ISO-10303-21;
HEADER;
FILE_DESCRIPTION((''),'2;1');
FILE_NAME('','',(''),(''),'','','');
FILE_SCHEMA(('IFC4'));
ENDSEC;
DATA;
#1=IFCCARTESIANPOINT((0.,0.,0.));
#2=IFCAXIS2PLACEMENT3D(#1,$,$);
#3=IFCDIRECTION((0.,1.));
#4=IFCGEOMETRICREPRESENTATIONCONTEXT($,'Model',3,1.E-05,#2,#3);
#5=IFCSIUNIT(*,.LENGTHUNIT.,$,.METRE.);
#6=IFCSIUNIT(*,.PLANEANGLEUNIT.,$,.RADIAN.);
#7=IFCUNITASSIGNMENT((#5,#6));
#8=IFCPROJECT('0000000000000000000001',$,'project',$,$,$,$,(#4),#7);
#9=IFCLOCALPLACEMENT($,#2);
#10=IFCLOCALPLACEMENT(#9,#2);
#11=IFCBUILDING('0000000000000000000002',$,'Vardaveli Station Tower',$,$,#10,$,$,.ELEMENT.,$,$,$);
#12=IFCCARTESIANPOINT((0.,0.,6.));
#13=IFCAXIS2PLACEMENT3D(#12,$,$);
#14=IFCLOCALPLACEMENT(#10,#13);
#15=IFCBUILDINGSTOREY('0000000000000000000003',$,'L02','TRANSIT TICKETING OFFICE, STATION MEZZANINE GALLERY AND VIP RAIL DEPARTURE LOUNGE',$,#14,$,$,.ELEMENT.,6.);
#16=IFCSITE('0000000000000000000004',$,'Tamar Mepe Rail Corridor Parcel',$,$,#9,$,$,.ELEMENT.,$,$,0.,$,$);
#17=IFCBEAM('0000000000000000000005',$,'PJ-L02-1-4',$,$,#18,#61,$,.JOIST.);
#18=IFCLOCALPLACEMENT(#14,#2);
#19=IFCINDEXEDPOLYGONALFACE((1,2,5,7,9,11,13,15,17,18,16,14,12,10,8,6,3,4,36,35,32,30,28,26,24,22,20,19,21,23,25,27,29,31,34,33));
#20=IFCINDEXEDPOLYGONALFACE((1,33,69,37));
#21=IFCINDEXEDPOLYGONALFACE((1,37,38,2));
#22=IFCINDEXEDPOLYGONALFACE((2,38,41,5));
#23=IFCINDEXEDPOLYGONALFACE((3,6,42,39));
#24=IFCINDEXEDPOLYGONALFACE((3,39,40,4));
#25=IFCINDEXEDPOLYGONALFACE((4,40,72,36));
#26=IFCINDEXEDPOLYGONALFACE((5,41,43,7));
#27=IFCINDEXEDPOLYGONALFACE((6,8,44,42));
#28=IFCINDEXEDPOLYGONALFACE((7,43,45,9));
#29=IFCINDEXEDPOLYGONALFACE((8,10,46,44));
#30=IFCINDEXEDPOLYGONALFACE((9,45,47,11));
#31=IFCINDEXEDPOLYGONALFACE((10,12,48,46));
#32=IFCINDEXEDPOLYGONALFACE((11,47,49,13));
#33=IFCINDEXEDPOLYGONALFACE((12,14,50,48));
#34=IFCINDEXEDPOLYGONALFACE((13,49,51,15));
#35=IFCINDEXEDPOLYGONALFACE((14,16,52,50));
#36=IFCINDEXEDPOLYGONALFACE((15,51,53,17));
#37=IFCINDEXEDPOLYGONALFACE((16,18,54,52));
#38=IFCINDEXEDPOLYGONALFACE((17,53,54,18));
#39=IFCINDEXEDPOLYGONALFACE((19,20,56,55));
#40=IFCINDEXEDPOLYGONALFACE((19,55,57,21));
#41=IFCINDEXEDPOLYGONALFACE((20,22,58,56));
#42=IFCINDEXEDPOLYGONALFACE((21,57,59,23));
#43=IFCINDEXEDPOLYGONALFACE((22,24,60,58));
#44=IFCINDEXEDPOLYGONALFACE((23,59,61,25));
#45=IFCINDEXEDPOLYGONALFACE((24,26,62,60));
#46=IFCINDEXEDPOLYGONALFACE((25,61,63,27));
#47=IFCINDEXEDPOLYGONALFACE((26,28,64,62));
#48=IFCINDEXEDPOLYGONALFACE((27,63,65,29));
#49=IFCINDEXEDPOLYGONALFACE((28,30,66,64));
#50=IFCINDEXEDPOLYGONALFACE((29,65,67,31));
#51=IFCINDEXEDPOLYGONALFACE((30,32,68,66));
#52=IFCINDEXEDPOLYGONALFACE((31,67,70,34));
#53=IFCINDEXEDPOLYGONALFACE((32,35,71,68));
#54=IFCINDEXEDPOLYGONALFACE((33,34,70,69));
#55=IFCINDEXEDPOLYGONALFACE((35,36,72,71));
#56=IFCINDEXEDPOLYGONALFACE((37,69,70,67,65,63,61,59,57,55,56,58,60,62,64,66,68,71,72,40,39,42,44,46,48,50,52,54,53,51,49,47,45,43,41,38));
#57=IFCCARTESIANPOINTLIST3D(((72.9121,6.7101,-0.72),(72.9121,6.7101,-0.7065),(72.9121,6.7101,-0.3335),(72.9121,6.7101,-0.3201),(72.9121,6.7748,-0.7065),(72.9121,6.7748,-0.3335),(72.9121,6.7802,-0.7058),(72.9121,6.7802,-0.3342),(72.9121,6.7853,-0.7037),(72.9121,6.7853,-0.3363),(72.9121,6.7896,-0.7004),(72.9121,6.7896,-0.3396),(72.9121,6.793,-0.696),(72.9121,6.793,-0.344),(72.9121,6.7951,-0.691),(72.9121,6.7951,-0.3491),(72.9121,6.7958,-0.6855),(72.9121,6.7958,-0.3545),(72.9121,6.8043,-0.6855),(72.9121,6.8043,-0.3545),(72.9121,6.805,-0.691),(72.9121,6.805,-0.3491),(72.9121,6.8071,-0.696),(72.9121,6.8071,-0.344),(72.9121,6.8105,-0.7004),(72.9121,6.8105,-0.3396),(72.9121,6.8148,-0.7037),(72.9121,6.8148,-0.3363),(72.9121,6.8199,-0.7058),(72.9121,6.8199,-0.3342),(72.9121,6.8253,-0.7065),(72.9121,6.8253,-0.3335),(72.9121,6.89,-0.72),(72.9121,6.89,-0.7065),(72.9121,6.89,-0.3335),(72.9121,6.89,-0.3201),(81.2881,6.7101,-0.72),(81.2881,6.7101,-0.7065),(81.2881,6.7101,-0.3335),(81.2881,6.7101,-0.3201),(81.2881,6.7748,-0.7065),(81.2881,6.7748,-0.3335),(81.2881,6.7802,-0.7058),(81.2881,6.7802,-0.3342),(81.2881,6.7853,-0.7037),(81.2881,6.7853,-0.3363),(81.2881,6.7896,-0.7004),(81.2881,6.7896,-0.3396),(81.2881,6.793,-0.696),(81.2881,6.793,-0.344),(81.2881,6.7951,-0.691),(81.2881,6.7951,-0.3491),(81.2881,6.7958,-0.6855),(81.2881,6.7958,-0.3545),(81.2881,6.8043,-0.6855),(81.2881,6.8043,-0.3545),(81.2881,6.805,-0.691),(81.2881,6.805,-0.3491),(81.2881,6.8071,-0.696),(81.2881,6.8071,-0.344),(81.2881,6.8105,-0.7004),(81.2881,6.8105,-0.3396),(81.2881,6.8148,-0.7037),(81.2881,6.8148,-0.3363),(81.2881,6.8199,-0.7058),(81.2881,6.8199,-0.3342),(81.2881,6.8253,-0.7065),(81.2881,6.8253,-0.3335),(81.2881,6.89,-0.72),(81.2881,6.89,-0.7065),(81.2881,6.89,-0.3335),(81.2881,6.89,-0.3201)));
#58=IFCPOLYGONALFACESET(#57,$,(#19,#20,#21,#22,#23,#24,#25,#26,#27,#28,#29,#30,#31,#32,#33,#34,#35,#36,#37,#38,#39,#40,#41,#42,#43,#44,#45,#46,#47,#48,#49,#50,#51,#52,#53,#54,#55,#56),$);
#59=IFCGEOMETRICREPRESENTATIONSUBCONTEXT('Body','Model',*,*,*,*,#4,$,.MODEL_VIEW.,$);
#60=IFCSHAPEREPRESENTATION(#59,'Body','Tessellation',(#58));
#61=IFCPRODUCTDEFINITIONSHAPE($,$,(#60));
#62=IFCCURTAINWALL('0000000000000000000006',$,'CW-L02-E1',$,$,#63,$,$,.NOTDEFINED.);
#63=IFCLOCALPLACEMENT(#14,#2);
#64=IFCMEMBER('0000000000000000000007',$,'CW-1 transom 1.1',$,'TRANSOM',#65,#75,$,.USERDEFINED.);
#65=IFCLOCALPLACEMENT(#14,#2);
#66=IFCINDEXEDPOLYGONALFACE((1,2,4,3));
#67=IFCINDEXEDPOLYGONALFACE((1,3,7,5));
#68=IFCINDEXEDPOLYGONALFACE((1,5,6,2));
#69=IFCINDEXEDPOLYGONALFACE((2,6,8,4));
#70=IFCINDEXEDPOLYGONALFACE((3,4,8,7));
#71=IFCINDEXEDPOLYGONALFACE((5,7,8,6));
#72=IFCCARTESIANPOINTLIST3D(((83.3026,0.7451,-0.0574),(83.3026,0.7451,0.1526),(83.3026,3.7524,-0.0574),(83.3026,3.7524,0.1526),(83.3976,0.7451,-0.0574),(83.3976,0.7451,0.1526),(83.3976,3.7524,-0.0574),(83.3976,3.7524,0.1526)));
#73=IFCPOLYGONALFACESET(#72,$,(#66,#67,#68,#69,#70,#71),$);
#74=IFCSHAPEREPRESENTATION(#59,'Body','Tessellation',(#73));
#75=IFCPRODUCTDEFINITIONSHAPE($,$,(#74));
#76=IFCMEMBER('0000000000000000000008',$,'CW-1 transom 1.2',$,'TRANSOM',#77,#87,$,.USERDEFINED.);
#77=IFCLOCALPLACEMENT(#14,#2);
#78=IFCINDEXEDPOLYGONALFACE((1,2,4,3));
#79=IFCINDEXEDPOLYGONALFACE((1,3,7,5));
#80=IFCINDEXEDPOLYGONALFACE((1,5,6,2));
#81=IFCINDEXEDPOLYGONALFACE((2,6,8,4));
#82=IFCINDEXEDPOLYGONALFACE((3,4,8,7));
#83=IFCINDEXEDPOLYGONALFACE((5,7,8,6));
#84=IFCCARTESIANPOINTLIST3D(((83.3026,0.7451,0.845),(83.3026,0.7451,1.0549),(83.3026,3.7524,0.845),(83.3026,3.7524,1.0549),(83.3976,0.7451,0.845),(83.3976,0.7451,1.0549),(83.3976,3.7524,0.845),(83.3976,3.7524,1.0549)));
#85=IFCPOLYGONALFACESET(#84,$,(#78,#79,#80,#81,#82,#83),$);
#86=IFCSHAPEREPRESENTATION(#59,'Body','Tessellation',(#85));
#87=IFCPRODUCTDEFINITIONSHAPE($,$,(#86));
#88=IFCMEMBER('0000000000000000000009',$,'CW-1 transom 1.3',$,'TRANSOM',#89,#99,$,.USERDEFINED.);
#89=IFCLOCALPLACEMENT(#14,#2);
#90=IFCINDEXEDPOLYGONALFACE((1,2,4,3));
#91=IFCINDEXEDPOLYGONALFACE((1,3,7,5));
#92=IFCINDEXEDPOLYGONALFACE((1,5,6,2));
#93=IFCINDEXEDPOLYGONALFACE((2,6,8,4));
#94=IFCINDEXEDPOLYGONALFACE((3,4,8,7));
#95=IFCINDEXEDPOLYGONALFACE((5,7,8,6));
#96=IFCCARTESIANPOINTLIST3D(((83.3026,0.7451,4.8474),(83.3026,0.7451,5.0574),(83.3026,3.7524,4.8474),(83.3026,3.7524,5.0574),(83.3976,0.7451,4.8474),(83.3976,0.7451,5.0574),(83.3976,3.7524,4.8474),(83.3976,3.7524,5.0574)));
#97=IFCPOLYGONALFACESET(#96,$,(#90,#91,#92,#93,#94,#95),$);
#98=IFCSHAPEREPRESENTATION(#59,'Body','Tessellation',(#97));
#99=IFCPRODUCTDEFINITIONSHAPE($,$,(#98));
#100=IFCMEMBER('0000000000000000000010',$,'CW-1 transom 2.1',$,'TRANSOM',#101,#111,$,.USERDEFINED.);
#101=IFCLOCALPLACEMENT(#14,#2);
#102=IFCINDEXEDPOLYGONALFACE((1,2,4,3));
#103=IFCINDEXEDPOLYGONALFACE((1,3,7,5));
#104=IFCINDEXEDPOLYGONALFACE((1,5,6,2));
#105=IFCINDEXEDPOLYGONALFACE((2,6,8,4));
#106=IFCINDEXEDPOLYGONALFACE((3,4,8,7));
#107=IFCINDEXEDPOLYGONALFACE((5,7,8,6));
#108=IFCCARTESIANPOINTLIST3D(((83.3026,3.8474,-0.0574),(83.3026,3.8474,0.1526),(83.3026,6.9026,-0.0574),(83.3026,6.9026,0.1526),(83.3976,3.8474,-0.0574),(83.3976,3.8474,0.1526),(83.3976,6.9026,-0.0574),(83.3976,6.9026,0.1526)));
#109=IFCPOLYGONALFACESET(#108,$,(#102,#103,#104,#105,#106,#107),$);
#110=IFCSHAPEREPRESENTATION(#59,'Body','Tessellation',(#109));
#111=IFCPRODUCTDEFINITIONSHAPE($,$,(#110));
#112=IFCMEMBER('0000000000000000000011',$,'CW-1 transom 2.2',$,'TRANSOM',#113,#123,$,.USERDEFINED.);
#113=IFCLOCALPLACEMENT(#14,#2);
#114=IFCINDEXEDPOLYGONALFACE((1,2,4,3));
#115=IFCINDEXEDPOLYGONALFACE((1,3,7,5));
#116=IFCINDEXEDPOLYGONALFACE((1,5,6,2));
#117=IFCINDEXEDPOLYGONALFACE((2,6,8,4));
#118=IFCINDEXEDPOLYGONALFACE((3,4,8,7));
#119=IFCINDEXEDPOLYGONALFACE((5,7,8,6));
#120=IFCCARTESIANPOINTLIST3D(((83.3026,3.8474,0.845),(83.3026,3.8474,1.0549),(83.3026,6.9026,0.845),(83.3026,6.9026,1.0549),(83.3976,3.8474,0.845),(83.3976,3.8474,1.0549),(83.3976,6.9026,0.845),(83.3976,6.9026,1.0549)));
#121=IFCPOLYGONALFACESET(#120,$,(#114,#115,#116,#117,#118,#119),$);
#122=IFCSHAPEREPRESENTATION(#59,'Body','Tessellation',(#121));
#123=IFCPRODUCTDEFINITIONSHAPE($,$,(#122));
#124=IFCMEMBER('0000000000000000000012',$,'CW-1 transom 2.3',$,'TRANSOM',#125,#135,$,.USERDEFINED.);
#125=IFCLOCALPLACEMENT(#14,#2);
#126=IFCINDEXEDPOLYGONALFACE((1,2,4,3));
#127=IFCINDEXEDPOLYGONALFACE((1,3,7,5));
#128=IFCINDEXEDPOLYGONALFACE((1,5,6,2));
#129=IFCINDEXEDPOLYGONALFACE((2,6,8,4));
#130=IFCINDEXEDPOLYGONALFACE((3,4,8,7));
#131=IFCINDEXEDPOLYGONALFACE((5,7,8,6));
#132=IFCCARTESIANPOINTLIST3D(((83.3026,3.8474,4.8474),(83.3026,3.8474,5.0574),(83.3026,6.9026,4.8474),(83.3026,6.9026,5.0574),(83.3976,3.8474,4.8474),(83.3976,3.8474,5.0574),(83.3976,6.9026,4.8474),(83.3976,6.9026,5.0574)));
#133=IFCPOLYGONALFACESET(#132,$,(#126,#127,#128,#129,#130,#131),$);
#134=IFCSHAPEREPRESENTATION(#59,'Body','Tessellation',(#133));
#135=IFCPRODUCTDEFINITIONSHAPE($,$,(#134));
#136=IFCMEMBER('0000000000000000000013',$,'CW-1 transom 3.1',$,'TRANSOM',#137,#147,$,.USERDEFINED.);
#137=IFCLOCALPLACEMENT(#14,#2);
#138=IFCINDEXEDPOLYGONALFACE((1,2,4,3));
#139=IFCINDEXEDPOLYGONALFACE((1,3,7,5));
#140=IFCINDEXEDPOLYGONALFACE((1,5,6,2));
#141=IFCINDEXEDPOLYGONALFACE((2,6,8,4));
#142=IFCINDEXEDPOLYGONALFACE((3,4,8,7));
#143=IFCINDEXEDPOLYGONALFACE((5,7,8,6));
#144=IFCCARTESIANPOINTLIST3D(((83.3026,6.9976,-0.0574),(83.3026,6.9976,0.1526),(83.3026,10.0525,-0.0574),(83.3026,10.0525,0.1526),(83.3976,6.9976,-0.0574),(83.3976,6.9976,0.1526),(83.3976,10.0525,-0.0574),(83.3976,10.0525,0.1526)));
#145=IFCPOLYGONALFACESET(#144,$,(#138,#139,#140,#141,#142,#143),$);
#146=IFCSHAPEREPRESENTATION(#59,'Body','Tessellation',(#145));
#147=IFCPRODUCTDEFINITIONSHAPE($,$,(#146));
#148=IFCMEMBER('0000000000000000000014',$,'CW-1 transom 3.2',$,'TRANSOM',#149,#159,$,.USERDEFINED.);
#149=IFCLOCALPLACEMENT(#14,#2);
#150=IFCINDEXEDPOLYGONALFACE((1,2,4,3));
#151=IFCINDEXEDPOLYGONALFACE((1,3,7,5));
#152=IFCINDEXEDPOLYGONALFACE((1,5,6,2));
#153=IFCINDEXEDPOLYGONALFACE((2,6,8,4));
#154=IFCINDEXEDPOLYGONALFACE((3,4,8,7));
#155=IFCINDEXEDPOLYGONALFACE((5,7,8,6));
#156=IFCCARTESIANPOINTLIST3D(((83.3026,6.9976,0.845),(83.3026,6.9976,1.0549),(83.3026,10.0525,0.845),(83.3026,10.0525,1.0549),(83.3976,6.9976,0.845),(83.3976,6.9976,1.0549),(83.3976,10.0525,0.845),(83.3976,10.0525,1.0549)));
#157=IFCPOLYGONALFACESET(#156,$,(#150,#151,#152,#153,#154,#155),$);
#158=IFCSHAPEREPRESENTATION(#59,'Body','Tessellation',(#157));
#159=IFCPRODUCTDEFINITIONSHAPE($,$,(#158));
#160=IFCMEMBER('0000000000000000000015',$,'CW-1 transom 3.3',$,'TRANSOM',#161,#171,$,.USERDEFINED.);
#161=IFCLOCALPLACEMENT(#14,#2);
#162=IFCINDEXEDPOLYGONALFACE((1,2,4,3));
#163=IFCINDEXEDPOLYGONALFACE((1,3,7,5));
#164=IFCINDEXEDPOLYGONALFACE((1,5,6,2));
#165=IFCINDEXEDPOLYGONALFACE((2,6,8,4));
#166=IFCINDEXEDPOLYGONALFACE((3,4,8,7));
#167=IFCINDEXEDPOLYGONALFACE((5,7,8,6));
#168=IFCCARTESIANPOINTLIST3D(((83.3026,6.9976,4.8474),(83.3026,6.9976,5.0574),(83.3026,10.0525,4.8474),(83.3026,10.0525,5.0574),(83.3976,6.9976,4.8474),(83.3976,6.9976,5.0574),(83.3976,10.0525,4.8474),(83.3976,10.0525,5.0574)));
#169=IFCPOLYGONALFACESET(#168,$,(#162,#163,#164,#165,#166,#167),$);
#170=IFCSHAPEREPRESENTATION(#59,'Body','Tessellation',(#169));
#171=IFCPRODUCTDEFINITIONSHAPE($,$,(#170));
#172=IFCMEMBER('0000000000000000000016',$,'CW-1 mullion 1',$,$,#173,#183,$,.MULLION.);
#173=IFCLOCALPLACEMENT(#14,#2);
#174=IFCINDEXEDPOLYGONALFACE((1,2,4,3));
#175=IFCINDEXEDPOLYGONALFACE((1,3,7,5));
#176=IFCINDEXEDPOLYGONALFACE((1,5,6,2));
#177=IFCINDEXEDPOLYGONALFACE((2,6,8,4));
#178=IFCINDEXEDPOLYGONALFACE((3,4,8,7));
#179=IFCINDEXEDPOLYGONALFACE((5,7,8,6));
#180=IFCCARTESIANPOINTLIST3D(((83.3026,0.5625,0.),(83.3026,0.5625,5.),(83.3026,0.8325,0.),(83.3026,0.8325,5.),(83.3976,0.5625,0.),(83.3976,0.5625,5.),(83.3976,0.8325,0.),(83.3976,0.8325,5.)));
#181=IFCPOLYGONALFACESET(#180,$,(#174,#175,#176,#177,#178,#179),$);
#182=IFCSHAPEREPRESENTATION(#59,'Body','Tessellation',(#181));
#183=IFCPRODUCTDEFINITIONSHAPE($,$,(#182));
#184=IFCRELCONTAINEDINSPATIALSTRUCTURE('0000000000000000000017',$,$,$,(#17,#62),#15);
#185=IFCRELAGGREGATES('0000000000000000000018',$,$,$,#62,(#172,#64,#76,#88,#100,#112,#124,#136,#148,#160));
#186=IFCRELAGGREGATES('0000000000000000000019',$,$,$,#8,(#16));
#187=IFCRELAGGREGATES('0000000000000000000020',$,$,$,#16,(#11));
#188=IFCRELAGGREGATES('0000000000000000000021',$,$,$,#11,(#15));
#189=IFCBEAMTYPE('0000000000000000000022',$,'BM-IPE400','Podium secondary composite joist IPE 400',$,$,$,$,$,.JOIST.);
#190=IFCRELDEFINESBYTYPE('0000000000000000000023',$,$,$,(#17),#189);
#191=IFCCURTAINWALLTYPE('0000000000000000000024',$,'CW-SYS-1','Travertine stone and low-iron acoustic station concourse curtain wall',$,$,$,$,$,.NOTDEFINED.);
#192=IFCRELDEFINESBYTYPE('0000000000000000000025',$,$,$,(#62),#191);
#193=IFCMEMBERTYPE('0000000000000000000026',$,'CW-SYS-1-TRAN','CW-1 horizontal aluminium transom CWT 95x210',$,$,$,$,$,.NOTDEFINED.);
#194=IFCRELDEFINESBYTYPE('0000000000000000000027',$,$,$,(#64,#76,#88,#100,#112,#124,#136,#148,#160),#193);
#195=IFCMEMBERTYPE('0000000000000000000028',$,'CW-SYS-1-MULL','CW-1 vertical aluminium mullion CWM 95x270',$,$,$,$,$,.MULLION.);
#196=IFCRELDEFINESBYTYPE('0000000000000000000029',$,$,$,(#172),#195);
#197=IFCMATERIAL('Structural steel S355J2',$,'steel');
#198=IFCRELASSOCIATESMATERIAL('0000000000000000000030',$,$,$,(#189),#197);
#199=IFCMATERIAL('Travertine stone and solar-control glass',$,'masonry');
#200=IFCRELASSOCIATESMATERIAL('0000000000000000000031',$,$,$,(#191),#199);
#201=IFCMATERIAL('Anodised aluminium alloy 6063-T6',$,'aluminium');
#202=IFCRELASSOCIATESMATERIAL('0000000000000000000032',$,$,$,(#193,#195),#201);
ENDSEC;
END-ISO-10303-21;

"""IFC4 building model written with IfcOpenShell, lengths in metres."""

from ifc_helpers import new_model, si_unit, direction, frame, origin, origin_2d, place, context, subcontext, project, spatial, rectangle, i_section, extrude, source, transform, mapped, material, material_profile, profile_set, type_object, element, aggregate, save


model = new_model("IFC4")

# Units and contexts
model_context = context("Model", 3, precision=1e-05, world=origin(), true_north=direction((0.0, 1.0)))
body_context = subcontext(model_context, "Body", "Model", "MODEL_VIEW")
ifc_project = project(units=[si_unit("LENGTHUNIT", "METRE"), si_unit("PLANEANGLEUNIT", "RADIAN")], contexts=[model_context])

# Site, building, storey
site_placement = place(None, origin())
site = spatial("IfcSite", under=ifc_project, at=site_placement, Name="Tamar Mepe Rail Corridor Parcel", CompositionType="ELEMENT", RefElevation=0.0)
building_placement = place(site_placement, origin())
building = spatial("IfcBuilding", under=site, at=building_placement, Name="Vardaveli Station Tower", CompositionType="ELEMENT")
storey_placement = place(building_placement, frame((0.0, 0.0, 6.0)))
storey = spatial("IfcBuildingStorey", under=building, at=storey_placement, Name="L02", Description="TRANSIT TICKETING OFFICE, STATION MEZZANINE GALLERY AND VIP RAIL DEPARTURE LOUNGE", CompositionType="ELEMENT", Elevation=6.0)

# Beam
ifc_material_1 = material(Name="Structural steel S355J2", Category="steel")
ifc_material_profile_1 = material_profile(ifc_material_1, i_section(OverallWidth=0.1799, OverallDepth=0.3999, WebThickness=0.0085, FlangeThickness=0.0134, FilletRadius=0.021, at=origin_2d()), Name="IPE 400")
ifc_profile_set_1 = profile_set([ifc_material_profile_1], Name="Structural steel S355J2")
beam_type_1 = type_object("IfcBeamType", Name="BM-IPE400", Description="Podium secondary composite joist IPE 400", PredefinedType="JOIST", material=ifc_profile_set_1)
shared_shape_1 = source(origin(), body_context, "Body", "SweptSolid", [
    extrude(i_section(OverallWidth=0.1799, OverallDepth=0.3999, WebThickness=0.0085, FlangeThickness=0.0134, FilletRadius=0.021, at=origin_2d()), origin(), (0.0, 0.0, 1.0), 8.376),
])
beam_1_placement = place(storey_placement, frame((72.9121, 6.8, -0.52), z_axis=(1.0, 0.0, 0.0), x_axis=(0.0, 1.0, 0.0)))
element("IfcBeam", 1, at=beam_1_placement, inside=storey, type_object=beam_type_1, Name="PJ-L02-1-4", PredefinedType="JOIST", context=body_context, shape_type="MappedRepresentation", body=[
    mapped(shared_shape_1, transform((0.0, 0.0, 0.0), scale=1.0)),
])

# Curtain wall, members
ifc_material_2 = material(Name="Travertine stone and solar-control glass", Category="masonry")
curtain_wall_type = type_object("IfcCurtainWallType", Name="CW-SYS-1", Description="Travertine stone and low-iron acoustic station concourse curtain wall", PredefinedType="NOTDEFINED", material=ifc_material_2)
curtain_wall_placement = place(storey_placement, origin())
curtain_wall = element("IfcCurtainWall", 2, at=curtain_wall_placement, inside=storey, type_object=curtain_wall_type, Name="CW-L02-E1", PredefinedType="NOTDEFINED")
ifc_material_3 = material(Name="Anodised aluminium alloy 6063-T6", Category="aluminium")
ifc_material_profile_2 = material_profile(ifc_material_3, rectangle(XDim=0.095, YDim=0.21, at=origin_2d()), Name="CWT 95x210")
ifc_profile_set_2 = profile_set([ifc_material_profile_2], Name="Anodised aluminium alloy 6063-T6")
member_type_1 = type_object("IfcMemberType", Name="CW-SYS-1-TRAN", Description="CW-1 horizontal aluminium transom CWT 95x210", PredefinedType="NOTDEFINED", material=ifc_profile_set_2)
shared_shape_2 = source(origin(), body_context, "Body", "SweptSolid", [
    extrude(rectangle(XDim=0.095, YDim=0.21, at=origin_2d()), origin(), (0.0, 0.0, 1.0), 3.0073),
])
member_1_placement = place(storey_placement, frame((83.3501, 0.7451, 0.0476), z_axis=(0.0, 1.0, 0.0), x_axis=(-1.0, 0.0, 0.0)))
member_1 = element("IfcMember", 3, at=member_1_placement, type_object=member_type_1, Name="CW-1 transom 1.1", ObjectType="TRANSOM", PredefinedType="USERDEFINED", context=body_context, shape_type="MappedRepresentation", body=[
    mapped(shared_shape_2, transform((0.0, 0.0, 0.0), scale=1.0)),
])
member_2_placement = place(storey_placement, frame((83.3501, 0.7451, 0.95), z_axis=(0.0, 1.0, 0.0), x_axis=(-1.0, 0.0, 0.0)))
member_2 = element("IfcMember", 4, at=member_2_placement, type_object=member_type_1, Name="CW-1 transom 1.2", ObjectType="TRANSOM", PredefinedType="USERDEFINED", context=body_context, shape_type="MappedRepresentation", body=[
    mapped(shared_shape_2, transform((0.0, 0.0, 0.0), scale=1.0)),
])
member_3_placement = place(storey_placement, frame((83.3501, 0.7451, 4.9524), z_axis=(0.0, 1.0, 0.0), x_axis=(-1.0, 0.0, 0.0)))
member_3 = element("IfcMember", 5, at=member_3_placement, type_object=member_type_1, Name="CW-1 transom 1.3", ObjectType="TRANSOM", PredefinedType="USERDEFINED", context=body_context, shape_type="MappedRepresentation", body=[
    mapped(shared_shape_2, transform((0.0, 0.0, 0.0), scale=1.0)),
])
shared_shape_3 = source(origin(), body_context, "Body", "SweptSolid", [
    extrude(rectangle(XDim=0.095, YDim=0.21, at=origin_2d()), origin(), (0.0, 0.0, 1.0), 3.0552),
])
member_4_placement = place(storey_placement, frame((83.3501, 3.8474, 0.0476), z_axis=(0.0, 1.0, 0.0), x_axis=(-1.0, 0.0, 0.0)))
member_4 = element("IfcMember", 6, at=member_4_placement, type_object=member_type_1, Name="CW-1 transom 2.1", ObjectType="TRANSOM", PredefinedType="USERDEFINED", context=body_context, shape_type="MappedRepresentation", body=[
    mapped(shared_shape_3, transform((0.0, 0.0, 0.0), scale=1.0)),
])
member_5_placement = place(storey_placement, frame((83.3501, 3.8474, 0.95), z_axis=(0.0, 1.0, 0.0), x_axis=(-1.0, 0.0, 0.0)))
member_5 = element("IfcMember", 7, at=member_5_placement, type_object=member_type_1, Name="CW-1 transom 2.2", ObjectType="TRANSOM", PredefinedType="USERDEFINED", context=body_context, shape_type="MappedRepresentation", body=[
    mapped(shared_shape_3, transform((0.0, 0.0, 0.0), scale=1.0)),
])
member_6_placement = place(storey_placement, frame((83.3501, 3.8474, 4.9524), z_axis=(0.0, 1.0, 0.0), x_axis=(-1.0, 0.0, 0.0)))
member_6 = element("IfcMember", 8, at=member_6_placement, type_object=member_type_1, Name="CW-1 transom 2.3", ObjectType="TRANSOM", PredefinedType="USERDEFINED", context=body_context, shape_type="MappedRepresentation", body=[
    mapped(shared_shape_3, transform((0.0, 0.0, 0.0), scale=1.0)),
])
shared_shape_4 = source(origin(), body_context, "Body", "SweptSolid", [
    extrude(rectangle(XDim=0.095, YDim=0.21, at=origin_2d()), origin(), (0.0, 0.0, 1.0), 3.0549),
])
member_7_placement = place(storey_placement, frame((83.3501, 6.9976, 0.0476), z_axis=(0.0, 1.0, 0.0), x_axis=(-1.0, 0.0, 0.0)))
member_7 = element("IfcMember", 9, at=member_7_placement, type_object=member_type_1, Name="CW-1 transom 3.1", ObjectType="TRANSOM", PredefinedType="USERDEFINED", context=body_context, shape_type="MappedRepresentation", body=[
    mapped(shared_shape_4, transform((0.0, 0.0, 0.0), scale=1.0)),
])
member_8_placement = place(storey_placement, frame((83.3501, 6.9976, 0.95), z_axis=(0.0, 1.0, 0.0), x_axis=(-1.0, 0.0, 0.0)))
member_8 = element("IfcMember", 10, at=member_8_placement, type_object=member_type_1, Name="CW-1 transom 3.2", ObjectType="TRANSOM", PredefinedType="USERDEFINED", context=body_context, shape_type="MappedRepresentation", body=[
    mapped(shared_shape_4, transform((0.0, 0.0, 0.0), scale=1.0)),
])
member_9_placement = place(storey_placement, frame((83.3501, 6.9976, 4.9524), z_axis=(0.0, 1.0, 0.0), x_axis=(-1.0, 0.0, 0.0)))
member_9 = element("IfcMember", 11, at=member_9_placement, type_object=member_type_1, Name="CW-1 transom 3.3", ObjectType="TRANSOM", PredefinedType="USERDEFINED", context=body_context, shape_type="MappedRepresentation", body=[
    mapped(shared_shape_4, transform((0.0, 0.0, 0.0), scale=1.0)),
])
ifc_material_profile_3 = material_profile(ifc_material_3, rectangle(XDim=0.095, YDim=0.27, at=origin_2d()), Name="CWM 95x270")
ifc_profile_set_3 = profile_set([ifc_material_profile_3], Name="Anodised aluminium alloy 6063-T6")
member_type_2 = type_object("IfcMemberType", Name="CW-SYS-1-MULL", Description="CW-1 vertical aluminium mullion CWM 95x270", PredefinedType="MULLION", material=ifc_profile_set_3)
shared_shape_5 = source(origin(), body_context, "Body", "SweptSolid", [
    extrude(rectangle(XDim=0.095, YDim=0.27, at=origin_2d()), origin(), (0.0, 0.0, 1.0), 5.0),
])
member_10_placement = place(storey_placement, frame((83.3501, 0.6975, 0.0), z_axis=(0.0, 0.0, 1.0), x_axis=(-1.0, 0.0, 0.0)))
member_10 = element("IfcMember", 12, at=member_10_placement, type_object=member_type_2, Name="CW-1 mullion 1", PredefinedType="MULLION", context=body_context, shape_type="MappedRepresentation", body=[
    mapped(shared_shape_5, transform((0.0, 0.0, 0.0), scale=1.0)),
])
aggregate(curtain_wall, [member_10, member_1, member_2, member_3, member_4, member_5, member_6, member_7, member_8, member_9])

save(model, "model.ifc")
